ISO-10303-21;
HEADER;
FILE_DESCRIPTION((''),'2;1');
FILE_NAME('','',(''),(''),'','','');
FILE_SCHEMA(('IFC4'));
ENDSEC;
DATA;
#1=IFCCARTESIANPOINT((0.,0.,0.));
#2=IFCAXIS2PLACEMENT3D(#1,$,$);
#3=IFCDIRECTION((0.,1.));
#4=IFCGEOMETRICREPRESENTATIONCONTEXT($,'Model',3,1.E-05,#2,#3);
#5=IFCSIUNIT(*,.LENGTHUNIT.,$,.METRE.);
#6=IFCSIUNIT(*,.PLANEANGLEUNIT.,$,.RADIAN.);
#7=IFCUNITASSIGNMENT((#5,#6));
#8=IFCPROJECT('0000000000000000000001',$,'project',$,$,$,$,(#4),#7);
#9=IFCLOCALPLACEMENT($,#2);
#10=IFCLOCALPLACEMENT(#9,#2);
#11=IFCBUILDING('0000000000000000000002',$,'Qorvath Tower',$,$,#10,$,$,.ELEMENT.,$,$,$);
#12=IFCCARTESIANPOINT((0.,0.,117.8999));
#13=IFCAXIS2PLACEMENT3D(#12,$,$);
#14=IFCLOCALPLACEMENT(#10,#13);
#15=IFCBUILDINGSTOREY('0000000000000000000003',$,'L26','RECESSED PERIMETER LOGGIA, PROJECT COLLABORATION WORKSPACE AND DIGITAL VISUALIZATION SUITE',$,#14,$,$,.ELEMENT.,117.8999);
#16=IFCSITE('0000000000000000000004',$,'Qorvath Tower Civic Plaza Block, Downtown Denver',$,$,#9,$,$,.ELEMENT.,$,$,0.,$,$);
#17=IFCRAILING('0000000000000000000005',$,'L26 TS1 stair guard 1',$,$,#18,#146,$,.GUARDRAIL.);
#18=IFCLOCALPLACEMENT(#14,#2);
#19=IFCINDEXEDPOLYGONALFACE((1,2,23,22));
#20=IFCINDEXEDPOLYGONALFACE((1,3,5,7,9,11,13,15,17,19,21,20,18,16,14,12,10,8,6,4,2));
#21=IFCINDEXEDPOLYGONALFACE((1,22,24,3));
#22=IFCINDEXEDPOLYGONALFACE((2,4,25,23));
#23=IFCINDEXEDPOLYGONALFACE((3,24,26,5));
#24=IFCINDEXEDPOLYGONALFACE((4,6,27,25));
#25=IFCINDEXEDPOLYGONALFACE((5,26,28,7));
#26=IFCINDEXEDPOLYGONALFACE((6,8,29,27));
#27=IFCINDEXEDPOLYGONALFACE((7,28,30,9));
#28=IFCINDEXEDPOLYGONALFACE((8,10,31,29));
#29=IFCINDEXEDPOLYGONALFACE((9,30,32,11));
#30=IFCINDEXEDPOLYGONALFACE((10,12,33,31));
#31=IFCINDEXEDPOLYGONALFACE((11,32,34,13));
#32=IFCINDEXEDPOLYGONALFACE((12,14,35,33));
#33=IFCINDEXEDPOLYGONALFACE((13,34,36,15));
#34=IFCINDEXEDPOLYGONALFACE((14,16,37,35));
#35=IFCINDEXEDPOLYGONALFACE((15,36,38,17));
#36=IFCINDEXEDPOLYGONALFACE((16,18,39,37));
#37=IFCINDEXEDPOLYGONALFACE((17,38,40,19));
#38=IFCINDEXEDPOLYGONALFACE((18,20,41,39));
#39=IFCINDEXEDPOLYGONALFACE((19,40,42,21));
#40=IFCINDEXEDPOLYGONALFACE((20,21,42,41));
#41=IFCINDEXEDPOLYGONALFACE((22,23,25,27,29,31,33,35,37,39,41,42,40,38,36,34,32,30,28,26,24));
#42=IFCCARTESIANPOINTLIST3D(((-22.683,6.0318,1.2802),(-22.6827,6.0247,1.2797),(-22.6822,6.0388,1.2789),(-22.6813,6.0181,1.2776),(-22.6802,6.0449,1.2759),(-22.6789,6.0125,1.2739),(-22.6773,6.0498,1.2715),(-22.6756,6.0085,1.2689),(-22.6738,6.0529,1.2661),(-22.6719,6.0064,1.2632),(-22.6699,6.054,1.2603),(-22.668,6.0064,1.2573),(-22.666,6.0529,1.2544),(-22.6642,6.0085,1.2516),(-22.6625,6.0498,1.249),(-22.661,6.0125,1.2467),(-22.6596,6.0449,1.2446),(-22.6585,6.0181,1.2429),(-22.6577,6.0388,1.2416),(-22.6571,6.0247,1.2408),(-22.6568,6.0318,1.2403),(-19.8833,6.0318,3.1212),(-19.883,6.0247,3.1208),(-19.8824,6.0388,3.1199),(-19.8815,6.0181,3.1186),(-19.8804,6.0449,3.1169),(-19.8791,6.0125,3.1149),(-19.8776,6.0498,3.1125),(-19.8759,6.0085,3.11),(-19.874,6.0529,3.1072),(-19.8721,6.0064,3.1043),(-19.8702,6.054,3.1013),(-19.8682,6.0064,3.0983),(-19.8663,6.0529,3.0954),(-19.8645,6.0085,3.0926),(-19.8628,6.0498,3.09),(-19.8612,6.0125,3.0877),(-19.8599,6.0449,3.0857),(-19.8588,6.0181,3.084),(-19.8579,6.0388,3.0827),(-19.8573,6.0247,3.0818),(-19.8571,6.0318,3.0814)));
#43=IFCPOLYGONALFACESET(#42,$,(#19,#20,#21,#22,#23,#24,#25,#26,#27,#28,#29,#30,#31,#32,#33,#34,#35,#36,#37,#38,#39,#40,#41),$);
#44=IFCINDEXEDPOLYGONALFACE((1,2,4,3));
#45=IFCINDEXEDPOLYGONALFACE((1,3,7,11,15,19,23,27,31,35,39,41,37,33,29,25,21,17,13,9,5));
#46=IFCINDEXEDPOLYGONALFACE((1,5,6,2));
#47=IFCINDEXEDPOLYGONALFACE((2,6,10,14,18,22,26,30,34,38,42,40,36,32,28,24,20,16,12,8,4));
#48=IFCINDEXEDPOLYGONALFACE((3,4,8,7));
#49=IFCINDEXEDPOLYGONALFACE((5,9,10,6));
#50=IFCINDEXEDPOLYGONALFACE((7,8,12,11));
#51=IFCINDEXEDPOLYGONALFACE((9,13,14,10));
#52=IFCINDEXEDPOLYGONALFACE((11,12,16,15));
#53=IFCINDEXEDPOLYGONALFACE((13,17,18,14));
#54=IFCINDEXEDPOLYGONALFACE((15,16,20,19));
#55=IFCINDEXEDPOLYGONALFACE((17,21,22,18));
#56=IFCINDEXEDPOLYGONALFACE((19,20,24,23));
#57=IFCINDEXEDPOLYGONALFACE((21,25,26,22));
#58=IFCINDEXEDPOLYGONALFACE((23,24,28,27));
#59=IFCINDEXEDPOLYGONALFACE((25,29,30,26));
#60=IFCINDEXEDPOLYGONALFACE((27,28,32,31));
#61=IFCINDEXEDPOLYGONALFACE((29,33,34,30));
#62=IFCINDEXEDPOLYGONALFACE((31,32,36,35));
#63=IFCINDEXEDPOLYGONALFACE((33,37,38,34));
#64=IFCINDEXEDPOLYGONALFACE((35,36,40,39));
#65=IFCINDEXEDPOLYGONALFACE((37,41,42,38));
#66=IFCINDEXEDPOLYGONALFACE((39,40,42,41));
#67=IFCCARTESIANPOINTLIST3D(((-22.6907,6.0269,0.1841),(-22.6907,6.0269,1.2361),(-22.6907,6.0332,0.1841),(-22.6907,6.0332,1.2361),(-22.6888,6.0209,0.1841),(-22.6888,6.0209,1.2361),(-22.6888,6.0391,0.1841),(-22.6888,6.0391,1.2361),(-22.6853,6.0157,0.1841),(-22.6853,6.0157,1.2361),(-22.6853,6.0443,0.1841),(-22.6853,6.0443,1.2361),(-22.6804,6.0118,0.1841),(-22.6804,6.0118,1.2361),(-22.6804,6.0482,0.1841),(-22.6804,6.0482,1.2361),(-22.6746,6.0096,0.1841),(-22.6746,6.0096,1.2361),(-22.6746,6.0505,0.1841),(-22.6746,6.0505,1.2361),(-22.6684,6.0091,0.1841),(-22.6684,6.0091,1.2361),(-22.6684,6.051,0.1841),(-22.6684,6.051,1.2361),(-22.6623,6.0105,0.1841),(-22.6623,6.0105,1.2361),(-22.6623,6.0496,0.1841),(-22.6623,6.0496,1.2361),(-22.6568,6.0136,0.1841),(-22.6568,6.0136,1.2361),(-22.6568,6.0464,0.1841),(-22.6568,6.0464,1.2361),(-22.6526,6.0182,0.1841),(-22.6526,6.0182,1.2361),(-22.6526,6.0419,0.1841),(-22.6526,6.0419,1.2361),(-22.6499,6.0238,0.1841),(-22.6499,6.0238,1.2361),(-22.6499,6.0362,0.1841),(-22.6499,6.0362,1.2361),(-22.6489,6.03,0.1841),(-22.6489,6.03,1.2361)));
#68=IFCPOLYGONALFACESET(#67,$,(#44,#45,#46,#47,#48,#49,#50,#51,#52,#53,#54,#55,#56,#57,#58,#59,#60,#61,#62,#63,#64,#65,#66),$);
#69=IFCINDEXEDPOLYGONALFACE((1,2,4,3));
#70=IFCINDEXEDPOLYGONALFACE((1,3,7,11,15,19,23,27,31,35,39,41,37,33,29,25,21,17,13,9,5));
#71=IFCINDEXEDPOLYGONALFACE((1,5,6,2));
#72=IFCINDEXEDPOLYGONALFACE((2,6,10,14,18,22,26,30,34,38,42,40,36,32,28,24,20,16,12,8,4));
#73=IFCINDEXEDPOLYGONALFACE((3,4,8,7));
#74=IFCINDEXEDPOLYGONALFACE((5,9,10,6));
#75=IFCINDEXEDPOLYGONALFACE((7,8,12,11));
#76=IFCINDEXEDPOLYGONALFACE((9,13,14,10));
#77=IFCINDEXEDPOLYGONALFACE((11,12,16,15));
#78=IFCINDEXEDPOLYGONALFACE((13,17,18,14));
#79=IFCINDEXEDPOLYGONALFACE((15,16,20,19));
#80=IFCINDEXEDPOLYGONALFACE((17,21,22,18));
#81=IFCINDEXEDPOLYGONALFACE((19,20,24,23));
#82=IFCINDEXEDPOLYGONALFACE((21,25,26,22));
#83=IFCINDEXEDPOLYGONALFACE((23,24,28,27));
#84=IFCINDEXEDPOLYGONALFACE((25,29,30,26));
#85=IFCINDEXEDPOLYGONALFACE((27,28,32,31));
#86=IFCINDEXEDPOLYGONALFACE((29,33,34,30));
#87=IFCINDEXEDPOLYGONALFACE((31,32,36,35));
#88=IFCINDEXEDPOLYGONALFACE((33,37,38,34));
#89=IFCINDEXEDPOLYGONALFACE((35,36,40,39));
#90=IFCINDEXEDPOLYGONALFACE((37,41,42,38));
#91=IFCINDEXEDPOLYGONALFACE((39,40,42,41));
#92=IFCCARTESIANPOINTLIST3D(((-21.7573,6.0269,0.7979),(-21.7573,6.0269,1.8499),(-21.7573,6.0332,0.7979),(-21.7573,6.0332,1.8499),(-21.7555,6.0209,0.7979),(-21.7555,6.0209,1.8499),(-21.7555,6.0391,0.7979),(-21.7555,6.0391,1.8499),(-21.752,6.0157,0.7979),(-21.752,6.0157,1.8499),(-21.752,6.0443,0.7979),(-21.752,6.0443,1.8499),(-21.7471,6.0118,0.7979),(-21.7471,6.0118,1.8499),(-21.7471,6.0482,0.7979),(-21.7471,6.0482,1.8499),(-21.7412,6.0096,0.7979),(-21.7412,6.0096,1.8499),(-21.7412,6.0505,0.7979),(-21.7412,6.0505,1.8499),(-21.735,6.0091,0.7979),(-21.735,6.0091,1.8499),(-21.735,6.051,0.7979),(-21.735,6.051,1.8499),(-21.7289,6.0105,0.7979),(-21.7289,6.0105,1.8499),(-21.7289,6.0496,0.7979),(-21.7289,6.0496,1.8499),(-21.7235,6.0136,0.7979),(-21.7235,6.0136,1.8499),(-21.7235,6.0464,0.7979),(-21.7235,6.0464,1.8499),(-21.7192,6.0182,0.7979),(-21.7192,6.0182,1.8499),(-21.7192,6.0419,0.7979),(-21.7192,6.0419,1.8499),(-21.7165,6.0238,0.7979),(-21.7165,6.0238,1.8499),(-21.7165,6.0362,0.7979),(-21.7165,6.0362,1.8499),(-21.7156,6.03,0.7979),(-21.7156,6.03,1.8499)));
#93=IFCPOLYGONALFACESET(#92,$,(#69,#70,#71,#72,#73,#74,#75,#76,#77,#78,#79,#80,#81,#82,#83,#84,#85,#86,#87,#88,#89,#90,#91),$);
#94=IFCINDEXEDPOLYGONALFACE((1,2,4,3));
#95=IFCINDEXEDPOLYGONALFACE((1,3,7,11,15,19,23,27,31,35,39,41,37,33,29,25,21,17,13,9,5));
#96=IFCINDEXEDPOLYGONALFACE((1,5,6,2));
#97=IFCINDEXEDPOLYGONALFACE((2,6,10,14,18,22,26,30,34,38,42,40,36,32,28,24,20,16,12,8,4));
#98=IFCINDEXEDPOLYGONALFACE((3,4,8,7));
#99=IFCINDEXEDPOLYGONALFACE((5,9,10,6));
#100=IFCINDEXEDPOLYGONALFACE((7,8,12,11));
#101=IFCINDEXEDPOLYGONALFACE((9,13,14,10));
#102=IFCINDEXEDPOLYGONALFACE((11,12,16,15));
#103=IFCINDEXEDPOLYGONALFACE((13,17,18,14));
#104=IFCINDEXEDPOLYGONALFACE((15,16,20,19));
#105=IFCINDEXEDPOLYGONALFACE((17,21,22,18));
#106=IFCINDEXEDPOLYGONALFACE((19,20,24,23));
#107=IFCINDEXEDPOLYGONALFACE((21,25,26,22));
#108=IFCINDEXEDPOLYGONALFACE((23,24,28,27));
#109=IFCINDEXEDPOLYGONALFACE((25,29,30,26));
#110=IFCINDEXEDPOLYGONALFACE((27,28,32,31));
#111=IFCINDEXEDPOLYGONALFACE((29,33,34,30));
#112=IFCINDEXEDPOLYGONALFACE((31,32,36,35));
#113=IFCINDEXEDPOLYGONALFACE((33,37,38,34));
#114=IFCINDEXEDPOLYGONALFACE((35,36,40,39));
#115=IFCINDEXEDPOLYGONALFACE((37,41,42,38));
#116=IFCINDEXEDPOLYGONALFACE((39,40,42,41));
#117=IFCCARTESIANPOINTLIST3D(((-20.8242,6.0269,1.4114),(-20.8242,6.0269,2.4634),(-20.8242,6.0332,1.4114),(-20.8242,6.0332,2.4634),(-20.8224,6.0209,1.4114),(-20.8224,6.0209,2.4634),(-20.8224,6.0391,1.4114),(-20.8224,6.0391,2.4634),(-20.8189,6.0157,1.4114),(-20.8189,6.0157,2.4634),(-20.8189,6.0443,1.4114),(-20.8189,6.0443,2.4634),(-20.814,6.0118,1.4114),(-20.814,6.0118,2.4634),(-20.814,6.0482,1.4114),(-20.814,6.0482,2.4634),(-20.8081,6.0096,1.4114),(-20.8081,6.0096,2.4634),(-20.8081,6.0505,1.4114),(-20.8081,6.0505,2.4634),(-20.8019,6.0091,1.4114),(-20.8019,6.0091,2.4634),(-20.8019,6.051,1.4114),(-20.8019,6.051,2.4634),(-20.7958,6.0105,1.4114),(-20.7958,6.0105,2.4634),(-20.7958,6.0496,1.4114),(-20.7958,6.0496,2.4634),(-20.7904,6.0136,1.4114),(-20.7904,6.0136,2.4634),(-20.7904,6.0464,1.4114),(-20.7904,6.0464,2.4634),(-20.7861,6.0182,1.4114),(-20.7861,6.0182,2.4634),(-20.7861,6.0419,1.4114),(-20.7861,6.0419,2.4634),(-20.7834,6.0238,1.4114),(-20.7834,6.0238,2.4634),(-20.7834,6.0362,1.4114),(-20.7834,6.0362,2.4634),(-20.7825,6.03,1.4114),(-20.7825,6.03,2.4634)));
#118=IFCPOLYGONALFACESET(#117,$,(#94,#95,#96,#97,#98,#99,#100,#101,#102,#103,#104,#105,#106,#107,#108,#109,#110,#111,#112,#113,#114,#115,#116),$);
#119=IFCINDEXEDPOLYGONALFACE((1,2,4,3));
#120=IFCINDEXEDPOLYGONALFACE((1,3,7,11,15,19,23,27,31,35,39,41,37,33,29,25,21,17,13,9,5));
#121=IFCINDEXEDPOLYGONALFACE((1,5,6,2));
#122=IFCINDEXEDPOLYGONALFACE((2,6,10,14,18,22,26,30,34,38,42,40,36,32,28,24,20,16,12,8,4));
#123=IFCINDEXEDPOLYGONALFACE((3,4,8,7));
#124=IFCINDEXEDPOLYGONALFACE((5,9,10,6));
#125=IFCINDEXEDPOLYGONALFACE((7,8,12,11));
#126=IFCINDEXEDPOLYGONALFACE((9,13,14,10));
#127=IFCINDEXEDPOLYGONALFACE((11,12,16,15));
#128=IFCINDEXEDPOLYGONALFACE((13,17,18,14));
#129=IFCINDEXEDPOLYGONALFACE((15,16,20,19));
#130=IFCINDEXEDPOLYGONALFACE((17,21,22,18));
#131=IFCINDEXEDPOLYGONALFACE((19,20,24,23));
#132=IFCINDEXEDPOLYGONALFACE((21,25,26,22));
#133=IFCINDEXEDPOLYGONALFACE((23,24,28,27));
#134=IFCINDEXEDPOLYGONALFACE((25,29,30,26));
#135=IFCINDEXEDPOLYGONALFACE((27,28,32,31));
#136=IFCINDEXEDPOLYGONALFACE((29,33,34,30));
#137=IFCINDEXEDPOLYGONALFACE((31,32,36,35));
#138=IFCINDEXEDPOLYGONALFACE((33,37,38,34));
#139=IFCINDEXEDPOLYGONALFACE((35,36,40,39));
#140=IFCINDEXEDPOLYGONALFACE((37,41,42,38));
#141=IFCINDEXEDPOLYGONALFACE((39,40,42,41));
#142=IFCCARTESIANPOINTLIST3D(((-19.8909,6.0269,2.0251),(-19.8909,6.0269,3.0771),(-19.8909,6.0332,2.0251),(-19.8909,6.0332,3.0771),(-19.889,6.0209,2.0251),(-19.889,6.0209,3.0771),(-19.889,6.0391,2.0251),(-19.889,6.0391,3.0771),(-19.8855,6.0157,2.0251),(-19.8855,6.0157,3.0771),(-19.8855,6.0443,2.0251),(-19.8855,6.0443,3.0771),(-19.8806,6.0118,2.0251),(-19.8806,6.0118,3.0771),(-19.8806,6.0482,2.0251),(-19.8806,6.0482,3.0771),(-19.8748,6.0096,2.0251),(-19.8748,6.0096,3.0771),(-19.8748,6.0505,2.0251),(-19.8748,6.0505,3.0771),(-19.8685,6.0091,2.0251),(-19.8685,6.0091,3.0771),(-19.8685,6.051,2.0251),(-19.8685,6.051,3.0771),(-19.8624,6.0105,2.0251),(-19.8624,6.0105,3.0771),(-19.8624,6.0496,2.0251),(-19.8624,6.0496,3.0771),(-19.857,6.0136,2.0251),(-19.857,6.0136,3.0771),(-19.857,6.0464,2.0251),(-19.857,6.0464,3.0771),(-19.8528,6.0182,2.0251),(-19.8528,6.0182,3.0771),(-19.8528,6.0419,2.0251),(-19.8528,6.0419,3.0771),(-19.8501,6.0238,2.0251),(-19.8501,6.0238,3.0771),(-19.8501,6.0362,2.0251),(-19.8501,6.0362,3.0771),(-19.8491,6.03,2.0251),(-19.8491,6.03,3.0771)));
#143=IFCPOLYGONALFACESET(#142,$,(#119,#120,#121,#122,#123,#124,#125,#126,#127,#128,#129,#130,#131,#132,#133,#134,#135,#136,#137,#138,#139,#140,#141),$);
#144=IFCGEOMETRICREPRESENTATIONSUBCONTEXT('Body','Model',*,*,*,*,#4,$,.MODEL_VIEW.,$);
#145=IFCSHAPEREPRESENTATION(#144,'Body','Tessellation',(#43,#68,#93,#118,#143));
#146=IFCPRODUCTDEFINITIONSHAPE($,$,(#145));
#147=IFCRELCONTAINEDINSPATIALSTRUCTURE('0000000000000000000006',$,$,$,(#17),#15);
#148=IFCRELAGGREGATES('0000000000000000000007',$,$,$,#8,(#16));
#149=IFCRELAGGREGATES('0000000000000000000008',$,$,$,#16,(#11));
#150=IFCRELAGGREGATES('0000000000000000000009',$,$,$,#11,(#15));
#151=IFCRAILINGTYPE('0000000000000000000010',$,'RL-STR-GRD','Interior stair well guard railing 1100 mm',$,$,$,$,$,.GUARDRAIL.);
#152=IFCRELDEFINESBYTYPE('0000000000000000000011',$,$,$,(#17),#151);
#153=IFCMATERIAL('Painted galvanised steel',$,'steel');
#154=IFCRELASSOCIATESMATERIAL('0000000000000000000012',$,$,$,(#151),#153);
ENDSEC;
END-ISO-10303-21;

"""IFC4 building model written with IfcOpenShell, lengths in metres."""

from ifc_helpers import new_model, si_unit, direction, frame, origin, origin_2d, place, context, subcontext, project, spatial, circle, extrude, material, type_object, element, save


model = new_model("IFC4")

# Units and contexts
model_context = context("Model", 3, precision=1e-05, world=origin(), true_north=direction((0.0, 1.0)))
body_context = subcontext(model_context, "Body", "Model", "MODEL_VIEW")
ifc_project = project(units=[si_unit("LENGTHUNIT", "METRE"), si_unit("PLANEANGLEUNIT", "RADIAN")], contexts=[model_context])

# Site, building, storey
site_placement = place(None, origin())
site = spatial("IfcSite", under=ifc_project, at=site_placement, Name="Qorvath Tower Civic Plaza Block, Downtown Denver", CompositionType="ELEMENT", RefElevation=0.0)
building_placement = place(site_placement, origin())
building = spatial("IfcBuilding", under=site, at=building_placement, Name="Qorvath Tower", CompositionType="ELEMENT")
storey_placement = place(building_placement, frame((0.0, 0.0, 117.8999)))
storey = spatial("IfcBuildingStorey", under=building, at=storey_placement, Name="L26", Description="RECESSED PERIMETER LOGGIA, PROJECT COLLABORATION WORKSPACE AND DIGITAL VISUALIZATION SUITE", CompositionType="ELEMENT", Elevation=117.8999)

# Railing
ifc_material_1 = material(Name="Painted galvanised steel", Category="steel")
railing_type_1 = type_object("IfcRailingType", Name="RL-STR-GRD", Description="Interior stair well guard railing 1100 mm", PredefinedType="GUARDRAIL", material=ifc_material_1)
railing_1_placement = place(storey_placement, frame((-22.6699, 6.03, 0.1841)))
element("IfcRailing", 1, at=railing_1_placement, inside=storey, type_object=railing_type_1, Name="L26 TS1 stair guard 1", PredefinedType="GUARDRAIL", context=body_context, shape_type="SweptSolid", body=[
    extrude(circle(Radius=0.0239, at=origin_2d()), frame((0.0, 0.0, 1.0762), z_axis=(0.835542, 0.0, 0.549426), x_axis=(0.0, 1.0, 0.0)), (0.0, 0.0, 1.0), 3.3508),
    extrude(circle(Radius=0.021, at=origin_2d()), origin(), (0.0, 0.0, 1.0), 1.052),
    extrude(circle(Radius=0.021, at=origin_2d()), frame((0.9333, 0.0, 0.6138)), (0.0, 0.0, 1.0), 1.052),
    extrude(circle(Radius=0.021, at=origin_2d()), frame((1.8665, 0.0, 1.2273)), (0.0, 0.0, 1.0), 1.052),
    extrude(circle(Radius=0.021, at=origin_2d()), frame((2.7998, 0.0, 1.8411)), (0.0, 0.0, 1.0), 1.052),
])

save(model, "model.ifc")
